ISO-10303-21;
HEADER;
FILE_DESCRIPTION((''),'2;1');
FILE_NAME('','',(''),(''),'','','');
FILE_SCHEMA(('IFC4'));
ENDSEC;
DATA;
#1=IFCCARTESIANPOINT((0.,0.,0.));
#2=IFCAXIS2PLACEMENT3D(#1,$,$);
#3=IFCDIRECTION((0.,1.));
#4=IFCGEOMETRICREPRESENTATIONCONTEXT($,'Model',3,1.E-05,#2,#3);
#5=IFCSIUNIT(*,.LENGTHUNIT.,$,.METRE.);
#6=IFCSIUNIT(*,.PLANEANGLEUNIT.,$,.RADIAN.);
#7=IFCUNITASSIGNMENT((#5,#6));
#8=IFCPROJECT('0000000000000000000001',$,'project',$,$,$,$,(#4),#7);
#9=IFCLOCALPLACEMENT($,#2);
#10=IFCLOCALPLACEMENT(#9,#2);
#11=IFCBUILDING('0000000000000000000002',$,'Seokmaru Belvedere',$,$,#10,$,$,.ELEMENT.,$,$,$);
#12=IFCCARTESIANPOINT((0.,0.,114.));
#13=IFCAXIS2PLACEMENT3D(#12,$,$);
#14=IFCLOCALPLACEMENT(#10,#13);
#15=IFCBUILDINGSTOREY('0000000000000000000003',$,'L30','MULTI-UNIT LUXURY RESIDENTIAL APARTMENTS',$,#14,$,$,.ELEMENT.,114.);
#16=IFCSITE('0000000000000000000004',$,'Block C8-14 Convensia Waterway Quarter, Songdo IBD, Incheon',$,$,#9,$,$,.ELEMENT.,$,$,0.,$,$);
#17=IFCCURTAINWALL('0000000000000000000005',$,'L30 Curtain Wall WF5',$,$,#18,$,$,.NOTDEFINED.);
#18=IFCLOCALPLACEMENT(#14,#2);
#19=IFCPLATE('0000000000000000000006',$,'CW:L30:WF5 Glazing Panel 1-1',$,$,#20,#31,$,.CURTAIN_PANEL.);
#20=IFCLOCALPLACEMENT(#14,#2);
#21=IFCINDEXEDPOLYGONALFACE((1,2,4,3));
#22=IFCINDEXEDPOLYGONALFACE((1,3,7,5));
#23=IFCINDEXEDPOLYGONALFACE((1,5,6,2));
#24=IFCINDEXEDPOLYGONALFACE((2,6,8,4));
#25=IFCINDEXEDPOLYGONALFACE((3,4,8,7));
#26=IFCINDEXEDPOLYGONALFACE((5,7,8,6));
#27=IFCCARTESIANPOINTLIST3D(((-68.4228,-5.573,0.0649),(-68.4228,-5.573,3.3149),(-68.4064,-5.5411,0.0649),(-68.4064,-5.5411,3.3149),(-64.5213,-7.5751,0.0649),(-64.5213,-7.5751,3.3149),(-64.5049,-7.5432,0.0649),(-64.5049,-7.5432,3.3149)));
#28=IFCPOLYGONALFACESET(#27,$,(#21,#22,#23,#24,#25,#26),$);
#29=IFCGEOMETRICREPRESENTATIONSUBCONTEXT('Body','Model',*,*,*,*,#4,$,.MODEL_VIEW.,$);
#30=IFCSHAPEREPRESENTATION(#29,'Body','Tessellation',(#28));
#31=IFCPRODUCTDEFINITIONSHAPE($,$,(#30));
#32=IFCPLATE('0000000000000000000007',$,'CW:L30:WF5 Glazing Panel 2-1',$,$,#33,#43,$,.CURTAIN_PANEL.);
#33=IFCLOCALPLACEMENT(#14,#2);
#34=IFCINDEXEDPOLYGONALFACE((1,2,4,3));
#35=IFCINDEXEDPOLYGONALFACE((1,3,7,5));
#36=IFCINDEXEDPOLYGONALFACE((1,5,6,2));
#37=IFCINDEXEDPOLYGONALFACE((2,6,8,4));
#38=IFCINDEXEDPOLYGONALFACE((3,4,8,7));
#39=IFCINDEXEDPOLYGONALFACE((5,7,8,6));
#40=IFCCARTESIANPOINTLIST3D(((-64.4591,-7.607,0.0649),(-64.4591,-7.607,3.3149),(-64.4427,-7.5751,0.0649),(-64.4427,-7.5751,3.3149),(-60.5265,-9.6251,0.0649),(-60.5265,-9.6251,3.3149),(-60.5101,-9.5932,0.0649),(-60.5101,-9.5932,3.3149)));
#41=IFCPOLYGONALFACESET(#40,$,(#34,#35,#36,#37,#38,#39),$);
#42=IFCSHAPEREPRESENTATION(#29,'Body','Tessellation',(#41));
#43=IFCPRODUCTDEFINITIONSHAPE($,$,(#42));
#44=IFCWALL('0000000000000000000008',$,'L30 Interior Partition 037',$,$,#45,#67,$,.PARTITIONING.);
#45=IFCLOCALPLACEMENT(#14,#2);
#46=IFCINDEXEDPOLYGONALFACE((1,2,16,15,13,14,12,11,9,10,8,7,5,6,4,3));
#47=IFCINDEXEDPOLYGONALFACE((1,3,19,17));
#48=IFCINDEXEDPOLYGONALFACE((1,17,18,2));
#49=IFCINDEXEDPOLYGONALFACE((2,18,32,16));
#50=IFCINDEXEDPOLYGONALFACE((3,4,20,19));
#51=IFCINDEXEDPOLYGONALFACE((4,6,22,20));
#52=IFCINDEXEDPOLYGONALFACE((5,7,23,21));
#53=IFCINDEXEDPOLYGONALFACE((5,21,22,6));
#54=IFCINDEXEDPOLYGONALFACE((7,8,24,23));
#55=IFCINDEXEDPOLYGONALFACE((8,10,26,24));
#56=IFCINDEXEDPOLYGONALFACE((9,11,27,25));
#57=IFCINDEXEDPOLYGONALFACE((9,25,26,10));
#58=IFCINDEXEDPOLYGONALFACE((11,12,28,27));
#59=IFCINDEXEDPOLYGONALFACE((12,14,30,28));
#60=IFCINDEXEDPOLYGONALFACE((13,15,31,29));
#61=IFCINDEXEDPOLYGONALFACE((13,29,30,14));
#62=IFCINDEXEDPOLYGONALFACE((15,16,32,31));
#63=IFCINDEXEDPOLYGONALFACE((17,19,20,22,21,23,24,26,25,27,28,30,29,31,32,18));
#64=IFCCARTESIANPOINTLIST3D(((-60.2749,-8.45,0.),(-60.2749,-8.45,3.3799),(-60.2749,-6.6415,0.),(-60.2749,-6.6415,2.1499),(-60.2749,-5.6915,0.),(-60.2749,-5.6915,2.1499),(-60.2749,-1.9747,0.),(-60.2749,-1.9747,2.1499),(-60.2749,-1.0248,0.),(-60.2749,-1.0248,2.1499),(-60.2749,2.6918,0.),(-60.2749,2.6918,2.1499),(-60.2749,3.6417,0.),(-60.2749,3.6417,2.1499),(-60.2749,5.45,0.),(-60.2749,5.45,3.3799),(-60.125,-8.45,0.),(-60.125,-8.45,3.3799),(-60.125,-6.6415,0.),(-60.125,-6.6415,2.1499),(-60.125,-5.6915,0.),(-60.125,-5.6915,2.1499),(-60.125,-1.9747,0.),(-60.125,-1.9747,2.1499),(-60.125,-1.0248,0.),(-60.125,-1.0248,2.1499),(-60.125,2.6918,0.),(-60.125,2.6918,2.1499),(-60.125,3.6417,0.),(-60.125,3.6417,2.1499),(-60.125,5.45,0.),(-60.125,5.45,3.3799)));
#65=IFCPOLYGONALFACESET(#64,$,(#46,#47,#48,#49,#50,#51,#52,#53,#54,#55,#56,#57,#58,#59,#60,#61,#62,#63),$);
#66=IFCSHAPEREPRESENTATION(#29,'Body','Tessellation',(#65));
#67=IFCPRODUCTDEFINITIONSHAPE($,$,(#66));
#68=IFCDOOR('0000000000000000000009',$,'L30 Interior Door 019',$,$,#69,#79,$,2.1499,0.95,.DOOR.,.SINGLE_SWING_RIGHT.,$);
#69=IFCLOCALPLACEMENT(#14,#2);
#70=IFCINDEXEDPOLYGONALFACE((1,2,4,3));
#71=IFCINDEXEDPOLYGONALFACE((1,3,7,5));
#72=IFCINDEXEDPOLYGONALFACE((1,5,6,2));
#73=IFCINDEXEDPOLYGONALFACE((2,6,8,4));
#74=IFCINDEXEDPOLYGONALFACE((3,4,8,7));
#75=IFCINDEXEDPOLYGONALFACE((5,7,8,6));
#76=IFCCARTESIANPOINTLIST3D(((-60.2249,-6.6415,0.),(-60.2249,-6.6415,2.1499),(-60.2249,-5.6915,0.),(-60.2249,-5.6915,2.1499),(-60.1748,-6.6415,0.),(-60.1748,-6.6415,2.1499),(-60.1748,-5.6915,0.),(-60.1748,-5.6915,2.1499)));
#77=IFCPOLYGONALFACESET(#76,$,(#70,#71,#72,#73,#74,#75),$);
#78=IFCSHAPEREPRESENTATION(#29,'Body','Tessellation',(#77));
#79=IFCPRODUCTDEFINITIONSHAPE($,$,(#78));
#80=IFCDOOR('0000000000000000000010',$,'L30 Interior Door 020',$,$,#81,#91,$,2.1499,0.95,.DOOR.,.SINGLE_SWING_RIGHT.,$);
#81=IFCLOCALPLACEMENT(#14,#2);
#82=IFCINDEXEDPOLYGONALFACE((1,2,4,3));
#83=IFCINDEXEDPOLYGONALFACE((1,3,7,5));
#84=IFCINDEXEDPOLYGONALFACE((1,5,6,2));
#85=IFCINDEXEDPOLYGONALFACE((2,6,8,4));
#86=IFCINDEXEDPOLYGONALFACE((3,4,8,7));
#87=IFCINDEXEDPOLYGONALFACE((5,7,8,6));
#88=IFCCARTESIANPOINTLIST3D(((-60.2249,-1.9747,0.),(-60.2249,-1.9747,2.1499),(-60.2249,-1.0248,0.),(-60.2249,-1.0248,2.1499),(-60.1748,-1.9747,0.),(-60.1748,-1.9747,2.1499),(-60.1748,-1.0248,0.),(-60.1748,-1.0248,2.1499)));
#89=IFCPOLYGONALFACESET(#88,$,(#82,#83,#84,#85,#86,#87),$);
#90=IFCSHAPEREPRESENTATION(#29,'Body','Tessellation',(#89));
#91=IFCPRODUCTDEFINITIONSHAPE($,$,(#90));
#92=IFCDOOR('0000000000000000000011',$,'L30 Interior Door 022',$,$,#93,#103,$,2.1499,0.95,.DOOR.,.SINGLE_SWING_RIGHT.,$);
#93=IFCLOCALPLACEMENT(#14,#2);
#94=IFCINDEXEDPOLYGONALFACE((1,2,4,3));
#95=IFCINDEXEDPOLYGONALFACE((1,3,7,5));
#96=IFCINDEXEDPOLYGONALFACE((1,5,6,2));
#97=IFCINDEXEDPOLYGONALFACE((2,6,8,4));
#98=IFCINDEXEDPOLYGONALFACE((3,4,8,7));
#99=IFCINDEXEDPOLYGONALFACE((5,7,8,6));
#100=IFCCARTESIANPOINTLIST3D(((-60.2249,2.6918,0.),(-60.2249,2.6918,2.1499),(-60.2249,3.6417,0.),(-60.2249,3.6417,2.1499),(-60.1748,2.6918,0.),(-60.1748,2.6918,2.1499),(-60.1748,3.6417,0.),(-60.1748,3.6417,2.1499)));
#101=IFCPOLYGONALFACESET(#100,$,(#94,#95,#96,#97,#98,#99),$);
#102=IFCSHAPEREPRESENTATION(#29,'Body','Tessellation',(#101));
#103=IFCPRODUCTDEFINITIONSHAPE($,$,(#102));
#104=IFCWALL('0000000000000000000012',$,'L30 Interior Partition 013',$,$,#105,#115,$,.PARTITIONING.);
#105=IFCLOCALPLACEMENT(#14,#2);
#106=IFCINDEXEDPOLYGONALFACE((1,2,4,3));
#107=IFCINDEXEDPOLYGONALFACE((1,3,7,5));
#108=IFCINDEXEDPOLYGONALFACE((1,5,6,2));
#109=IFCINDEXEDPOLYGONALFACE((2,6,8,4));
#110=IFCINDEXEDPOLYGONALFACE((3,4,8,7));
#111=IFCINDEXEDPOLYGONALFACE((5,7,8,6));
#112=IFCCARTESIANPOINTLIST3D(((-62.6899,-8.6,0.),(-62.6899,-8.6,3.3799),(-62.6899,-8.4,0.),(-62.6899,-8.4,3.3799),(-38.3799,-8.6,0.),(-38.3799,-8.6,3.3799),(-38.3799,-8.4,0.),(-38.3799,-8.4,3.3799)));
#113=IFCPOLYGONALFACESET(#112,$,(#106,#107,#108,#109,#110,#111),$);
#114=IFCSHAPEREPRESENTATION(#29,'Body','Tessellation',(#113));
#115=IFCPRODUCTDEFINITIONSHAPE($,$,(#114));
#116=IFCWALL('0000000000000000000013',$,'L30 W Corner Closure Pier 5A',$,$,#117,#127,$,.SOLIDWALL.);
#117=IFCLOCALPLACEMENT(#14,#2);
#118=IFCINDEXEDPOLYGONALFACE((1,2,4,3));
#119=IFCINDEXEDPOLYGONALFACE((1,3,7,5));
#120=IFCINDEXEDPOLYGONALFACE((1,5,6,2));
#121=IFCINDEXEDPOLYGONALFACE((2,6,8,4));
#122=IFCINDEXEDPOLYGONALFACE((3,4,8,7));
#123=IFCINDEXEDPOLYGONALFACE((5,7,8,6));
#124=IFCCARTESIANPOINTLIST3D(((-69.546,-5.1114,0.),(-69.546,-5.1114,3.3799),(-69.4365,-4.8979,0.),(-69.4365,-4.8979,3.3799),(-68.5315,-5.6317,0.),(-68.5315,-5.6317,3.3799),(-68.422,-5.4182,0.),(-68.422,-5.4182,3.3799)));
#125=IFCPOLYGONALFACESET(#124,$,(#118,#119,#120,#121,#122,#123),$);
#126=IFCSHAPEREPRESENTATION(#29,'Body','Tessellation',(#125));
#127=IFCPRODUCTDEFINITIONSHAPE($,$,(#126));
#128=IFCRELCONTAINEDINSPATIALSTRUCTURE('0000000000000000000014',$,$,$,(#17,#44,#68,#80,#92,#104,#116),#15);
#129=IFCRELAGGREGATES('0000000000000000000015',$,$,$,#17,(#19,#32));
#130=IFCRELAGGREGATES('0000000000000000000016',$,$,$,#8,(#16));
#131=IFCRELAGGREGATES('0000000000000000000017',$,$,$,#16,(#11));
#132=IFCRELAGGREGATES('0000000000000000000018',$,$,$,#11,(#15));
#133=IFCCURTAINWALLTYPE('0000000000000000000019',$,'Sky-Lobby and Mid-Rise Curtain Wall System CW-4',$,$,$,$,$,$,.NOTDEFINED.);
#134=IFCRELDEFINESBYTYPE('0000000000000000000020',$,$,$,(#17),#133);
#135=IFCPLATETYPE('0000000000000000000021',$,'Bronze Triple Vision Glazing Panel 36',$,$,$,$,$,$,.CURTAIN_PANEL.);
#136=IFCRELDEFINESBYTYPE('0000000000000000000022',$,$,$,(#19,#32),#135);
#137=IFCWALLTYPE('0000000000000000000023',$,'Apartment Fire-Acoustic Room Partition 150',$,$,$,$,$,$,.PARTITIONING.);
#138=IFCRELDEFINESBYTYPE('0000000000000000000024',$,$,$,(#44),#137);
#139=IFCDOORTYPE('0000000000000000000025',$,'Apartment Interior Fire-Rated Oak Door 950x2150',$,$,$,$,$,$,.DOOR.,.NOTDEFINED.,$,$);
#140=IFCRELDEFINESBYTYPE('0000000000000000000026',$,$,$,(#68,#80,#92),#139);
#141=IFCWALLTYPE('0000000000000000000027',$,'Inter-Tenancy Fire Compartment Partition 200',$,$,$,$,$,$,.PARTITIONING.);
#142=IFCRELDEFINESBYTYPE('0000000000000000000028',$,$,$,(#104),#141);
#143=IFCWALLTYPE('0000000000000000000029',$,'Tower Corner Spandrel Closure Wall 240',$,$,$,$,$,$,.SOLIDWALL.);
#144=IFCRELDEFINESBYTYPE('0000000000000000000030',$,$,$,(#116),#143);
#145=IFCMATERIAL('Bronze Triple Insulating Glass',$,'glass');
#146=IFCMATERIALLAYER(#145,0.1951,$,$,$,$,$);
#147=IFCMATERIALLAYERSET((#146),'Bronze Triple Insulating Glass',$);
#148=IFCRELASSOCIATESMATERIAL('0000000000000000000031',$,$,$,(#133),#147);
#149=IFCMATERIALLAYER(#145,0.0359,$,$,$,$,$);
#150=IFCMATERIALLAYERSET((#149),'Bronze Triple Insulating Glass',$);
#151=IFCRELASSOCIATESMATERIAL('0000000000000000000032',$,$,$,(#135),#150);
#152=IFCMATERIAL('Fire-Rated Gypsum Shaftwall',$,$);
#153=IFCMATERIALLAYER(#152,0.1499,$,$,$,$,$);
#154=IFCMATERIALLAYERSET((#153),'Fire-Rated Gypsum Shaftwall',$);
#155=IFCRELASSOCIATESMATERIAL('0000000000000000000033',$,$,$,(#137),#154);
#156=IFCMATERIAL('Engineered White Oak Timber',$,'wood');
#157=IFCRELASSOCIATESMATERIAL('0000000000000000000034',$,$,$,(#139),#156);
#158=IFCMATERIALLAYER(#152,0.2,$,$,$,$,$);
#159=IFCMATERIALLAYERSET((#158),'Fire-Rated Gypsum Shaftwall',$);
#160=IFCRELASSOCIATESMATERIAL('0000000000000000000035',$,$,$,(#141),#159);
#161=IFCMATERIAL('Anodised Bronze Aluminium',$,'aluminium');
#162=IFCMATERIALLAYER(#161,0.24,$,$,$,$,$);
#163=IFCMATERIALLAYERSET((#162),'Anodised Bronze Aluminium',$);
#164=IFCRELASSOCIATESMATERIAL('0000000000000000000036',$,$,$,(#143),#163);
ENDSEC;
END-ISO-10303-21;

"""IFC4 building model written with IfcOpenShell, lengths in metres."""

from ifc_helpers import new_model, si_unit, direction, frame, frame_2d, origin, origin_2d, place, context, subcontext, project, spatial, rectangle, extrude, source, transform, mapped, material, layer, layer_set, type_object, type_shapes, element, fill, aggregate, save


model = new_model("IFC4")

# Units and contexts
model_context = context("Model", 3, precision=1e-05, world=origin(), true_north=direction((0.0, 1.0)))
body_context = subcontext(model_context, "Body", "Model", "MODEL_VIEW")
ifc_project = project(units=[si_unit("LENGTHUNIT", "METRE"), si_unit("PLANEANGLEUNIT", "RADIAN")], contexts=[model_context])

# Site, building, storey
site_placement = place(None, origin())
site = spatial("IfcSite", under=ifc_project, at=site_placement, Name="Block C8-14 Convensia Waterway Quarter, Songdo IBD, Incheon", CompositionType="ELEMENT", RefElevation=0.0)
building_placement = place(site_placement, origin())
building = spatial("IfcBuilding", under=site, at=building_placement, Name="Seokmaru Belvedere", CompositionType="ELEMENT")
storey_placement = place(building_placement, frame((0.0, 0.0, 114.0)))
storey = spatial("IfcBuildingStorey", under=building, at=storey_placement, Name="L30", Description="MULTI-UNIT LUXURY RESIDENTIAL APARTMENTS", CompositionType="ELEMENT", Elevation=114.0)

# Curtain wall, plates
ifc_material_1 = material(Name="Bronze Triple Insulating Glass", Category="glass")
ifc_layer_1 = layer(ifc_material_1, 0.1951)
ifc_layer_set_1 = layer_set([ifc_layer_1], Name="Bronze Triple Insulating Glass")
curtain_wall_type = type_object("IfcCurtainWallType", Name="Sky-Lobby and Mid-Rise Curtain Wall System CW-4", PredefinedType="NOTDEFINED", material=ifc_layer_set_1)
curtain_wall_placement = place(storey_placement, origin())
curtain_wall = element("IfcCurtainWall", 1, at=curtain_wall_placement, inside=storey, type_object=curtain_wall_type, Name="L30 Curtain Wall WF5", PredefinedType="NOTDEFINED")
ifc_material_2 = material(Name="Anodised Bronze Aluminium", Category="aluminium")
ifc_layer_2 = layer(ifc_material_1, 0.0359)
ifc_layer_set_2 = layer_set([ifc_layer_2], Name="Bronze Triple Insulating Glass")
plate_type = type_object("IfcPlateType", Name="Bronze Triple Vision Glazing Panel 36", PredefinedType="CURTAIN_PANEL", material=ifc_layer_set_2)
shared_shape_1 = source(origin(), body_context, "Body", "SweptSolid", [
    extrude(rectangle(XDim=4.3853, YDim=0.0359, at=origin_2d()), origin(), (0.0, 0.0, 1.0), 3.25),
])
plate_1_placement = place(storey_placement, frame((-66.4639, -6.5581, 0.0649), z_axis=(0.0, 0.0, 1.0), x_axis=(0.889695, -0.456555, 0.0)))
plate_1 = element("IfcPlate", 2, at=plate_1_placement, type_object=plate_type, Name="CW:L30:WF5 Glazing Panel 1-1", PredefinedType="CURTAIN_PANEL", context=body_context, shape_type="MappedRepresentation", body=[
    mapped(shared_shape_1, transform((0.0, 0.0, 0.0), scale=1.0)),
])
shared_shape_2 = source(origin(), body_context, "Body", "SweptSolid", [
    extrude(rectangle(XDim=4.4202, YDim=0.0359, at=origin_2d()), origin(), (0.0, 0.0, 1.0), 3.25),
])
type_shapes(plate_type, [shared_shape_1, shared_shape_2])
plate_2_placement = place(storey_placement, frame((-62.4846, -8.6001, 0.0649), z_axis=(0.0, 0.0, 1.0), x_axis=(0.889695, -0.456555, 0.0)))
plate_2 = element("IfcPlate", 3, at=plate_2_placement, type_object=plate_type, Name="CW:L30:WF5 Glazing Panel 2-1", PredefinedType="CURTAIN_PANEL", context=body_context, shape_type="MappedRepresentation", body=[
    mapped(shared_shape_2, transform((0.0, 0.0, 0.0), scale=1.0)),
])
aggregate(curtain_wall, [plate_1, plate_2])

# Wall, openings, doors
ifc_material_3 = material(Name="Fire-Rated Gypsum Shaftwall")
ifc_layer_3 = layer(ifc_material_3, 0.1499)
ifc_layer_set_3 = layer_set([ifc_layer_3], Name="Fire-Rated Gypsum Shaftwall")
wall_type_1 = type_object("IfcWallType", Name="Apartment Fire-Acoustic Room Partition 150", PredefinedType="PARTITIONING", material=ifc_layer_set_3)
wall_1_placement = place(storey_placement, frame((-60.2, -8.45, 0.0), z_axis=(0.0, 0.0, 1.0), x_axis=(0.0, 1.0, 0.0)))
wall_1 = element("IfcWall", 4, at=wall_1_placement, inside=storey, type_object=wall_type_1, Name="L30 Interior Partition 037", PredefinedType="PARTITIONING", context=body_context, shape_type="SweptSolid", body=[
    extrude(rectangle(XDim=13.8999, YDim=0.1499, at=frame_2d((6.95, 0.0))), origin(), (0.0, 0.0, 1.0), 3.3799),
])
opening_1_placement = place(wall_1_placement, frame((1.8083, 0.0, 0.0)))
opening_1 = element("IfcOpeningElement", 5, at=opening_1_placement, cuts=wall_1, PredefinedType="OPENING", context=body_context, shape_type="SweptSolid", body=[
    extrude(rectangle(XDim=0.95, YDim=2.1499, at=frame_2d((0.4751, 1.075))), frame((0.0, 0.085, 0.0), z_axis=(0.0, -1.0, 0.0), x_axis=(1.0, 0.0, 0.0)), (0.0, 0.0, 1.0), 0.1699),
])
opening_2_placement = place(wall_1_placement, frame((6.4751, 0.0, 0.0)))
opening_2 = element("IfcOpeningElement", 6, at=opening_2_placement, cuts=wall_1, PredefinedType="OPENING", context=body_context, shape_type="SweptSolid", body=[
    extrude(rectangle(XDim=0.95, YDim=2.1499, at=frame_2d((0.4751, 1.075))), frame((0.0, 0.085, 0.0), z_axis=(0.0, -1.0, 0.0), x_axis=(1.0, 0.0, 0.0)), (0.0, 0.0, 1.0), 0.1699),
])
opening_3_placement = place(wall_1_placement, frame((11.1416, 0.0, 0.0)))
opening_3 = element("IfcOpeningElement", 7, at=opening_3_placement, cuts=wall_1, PredefinedType="OPENING", context=body_context, shape_type="SweptSolid", body=[
    extrude(rectangle(XDim=0.95, YDim=2.1499, at=frame_2d((0.4751, 1.075))), frame((0.0, 0.085, 0.0), z_axis=(0.0, -1.0, 0.0), x_axis=(1.0, 0.0, 0.0)), (0.0, 0.0, 1.0), 0.1699),
])
ifc_material_4 = material(Name="Engineered White Oak Timber", Category="wood")
door_type = type_object("IfcDoorType", Name="Apartment Interior Fire-Rated Oak Door 950x2150", OperationType="NOTDEFINED", PredefinedType="DOOR", material=ifc_material_4)
shared_shape_3 = source(origin(), body_context, "Body", "SweptSolid", [
    extrude(rectangle(XDim=0.95, YDim=2.1499, at=frame_2d((0.4751, 1.075))), frame((0.0, 0.0249, 0.0), z_axis=(0.0, -1.0, 0.0), x_axis=(1.0, 0.0, 0.0)), (0.0, 0.0, 1.0), 0.05),
])
type_shapes(door_type, [shared_shape_3])
door_1_placement = place(opening_1_placement, origin())
door_1 = element("IfcDoor", 8, at=door_1_placement, inside=storey, type_object=door_type, Name="L30 Interior Door 019", OperationType="SINGLE_SWING_RIGHT", OverallHeight=2.1499, OverallWidth=0.95, PredefinedType="DOOR", context=body_context, shape_type="MappedRepresentation", body=[
    mapped(shared_shape_3, transform((0.0, 0.0, 0.0), scale=1.0)),
])
fill(opening_1, door_1)
door_2_placement = place(opening_2_placement, origin())
door_2 = element("IfcDoor", 9, at=door_2_placement, inside=storey, type_object=door_type, Name="L30 Interior Door 020", OperationType="SINGLE_SWING_RIGHT", OverallHeight=2.1499, OverallWidth=0.95, PredefinedType="DOOR", context=body_context, shape_type="MappedRepresentation", body=[
    mapped(shared_shape_3, transform((0.0, 0.0, 0.0), scale=1.0)),
])
fill(opening_2, door_2)
door_3_placement = place(opening_3_placement, origin())
door_3 = element("IfcDoor", 10, at=door_3_placement, inside=storey, type_object=door_type, Name="L30 Interior Door 022", OperationType="SINGLE_SWING_RIGHT", OverallHeight=2.1499, OverallWidth=0.95, PredefinedType="DOOR", context=body_context, shape_type="MappedRepresentation", body=[
    mapped(shared_shape_3, transform((0.0, 0.0, 0.0), scale=1.0)),
])
fill(opening_3, door_3)

# Walls
ifc_layer_4 = layer(ifc_material_3, 0.2)
ifc_layer_set_4 = layer_set([ifc_layer_4], Name="Fire-Rated Gypsum Shaftwall")
wall_type_2 = type_object("IfcWallType", Name="Inter-Tenancy Fire Compartment Partition 200", PredefinedType="PARTITIONING", material=ifc_layer_set_4)
wall_2_placement = place(storey_placement, frame((-62.6899, -8.5, 0.0), z_axis=(0.0, 0.0, 1.0), x_axis=(1.0, 0.0, 0.0)))
element("IfcWall", 11, at=wall_2_placement, inside=storey, type_object=wall_type_2, Name="L30 Interior Partition 013", PredefinedType="PARTITIONING", context=body_context, shape_type="SweptSolid", body=[
    extrude(rectangle(XDim=24.3101, YDim=0.2, at=frame_2d((12.155, 0.0))), origin(), (0.0, 0.0, 1.0), 3.3799),
])
ifc_layer_5 = layer(ifc_material_2, 0.24)
ifc_layer_set_5 = layer_set([ifc_layer_5], Name="Anodised Bronze Aluminium")
wall_type_3 = type_object("IfcWallType", Name="Tower Corner Spandrel Closure Wall 240", PredefinedType="SOLIDWALL", material=ifc_layer_set_5)
wall_3_placement = place(storey_placement, frame((-69.4912, -5.0046, 0.0), z_axis=(0.0, 0.0, 1.0), x_axis=(0.889797, -0.456356, 0.0)))
element("IfcWall", 12, at=wall_3_placement, inside=storey, type_object=wall_type_3, Name="L30 W Corner Closure Pier 5A", PredefinedType="SOLIDWALL", context=body_context, shape_type="SweptSolid", body=[
    extrude(rectangle(XDim=1.1401, YDim=0.24, at=frame_2d((0.5701, 0.0))), origin(), (0.0, 0.0, 1.0), 3.3799),
])

save(model, "model.ifc")
